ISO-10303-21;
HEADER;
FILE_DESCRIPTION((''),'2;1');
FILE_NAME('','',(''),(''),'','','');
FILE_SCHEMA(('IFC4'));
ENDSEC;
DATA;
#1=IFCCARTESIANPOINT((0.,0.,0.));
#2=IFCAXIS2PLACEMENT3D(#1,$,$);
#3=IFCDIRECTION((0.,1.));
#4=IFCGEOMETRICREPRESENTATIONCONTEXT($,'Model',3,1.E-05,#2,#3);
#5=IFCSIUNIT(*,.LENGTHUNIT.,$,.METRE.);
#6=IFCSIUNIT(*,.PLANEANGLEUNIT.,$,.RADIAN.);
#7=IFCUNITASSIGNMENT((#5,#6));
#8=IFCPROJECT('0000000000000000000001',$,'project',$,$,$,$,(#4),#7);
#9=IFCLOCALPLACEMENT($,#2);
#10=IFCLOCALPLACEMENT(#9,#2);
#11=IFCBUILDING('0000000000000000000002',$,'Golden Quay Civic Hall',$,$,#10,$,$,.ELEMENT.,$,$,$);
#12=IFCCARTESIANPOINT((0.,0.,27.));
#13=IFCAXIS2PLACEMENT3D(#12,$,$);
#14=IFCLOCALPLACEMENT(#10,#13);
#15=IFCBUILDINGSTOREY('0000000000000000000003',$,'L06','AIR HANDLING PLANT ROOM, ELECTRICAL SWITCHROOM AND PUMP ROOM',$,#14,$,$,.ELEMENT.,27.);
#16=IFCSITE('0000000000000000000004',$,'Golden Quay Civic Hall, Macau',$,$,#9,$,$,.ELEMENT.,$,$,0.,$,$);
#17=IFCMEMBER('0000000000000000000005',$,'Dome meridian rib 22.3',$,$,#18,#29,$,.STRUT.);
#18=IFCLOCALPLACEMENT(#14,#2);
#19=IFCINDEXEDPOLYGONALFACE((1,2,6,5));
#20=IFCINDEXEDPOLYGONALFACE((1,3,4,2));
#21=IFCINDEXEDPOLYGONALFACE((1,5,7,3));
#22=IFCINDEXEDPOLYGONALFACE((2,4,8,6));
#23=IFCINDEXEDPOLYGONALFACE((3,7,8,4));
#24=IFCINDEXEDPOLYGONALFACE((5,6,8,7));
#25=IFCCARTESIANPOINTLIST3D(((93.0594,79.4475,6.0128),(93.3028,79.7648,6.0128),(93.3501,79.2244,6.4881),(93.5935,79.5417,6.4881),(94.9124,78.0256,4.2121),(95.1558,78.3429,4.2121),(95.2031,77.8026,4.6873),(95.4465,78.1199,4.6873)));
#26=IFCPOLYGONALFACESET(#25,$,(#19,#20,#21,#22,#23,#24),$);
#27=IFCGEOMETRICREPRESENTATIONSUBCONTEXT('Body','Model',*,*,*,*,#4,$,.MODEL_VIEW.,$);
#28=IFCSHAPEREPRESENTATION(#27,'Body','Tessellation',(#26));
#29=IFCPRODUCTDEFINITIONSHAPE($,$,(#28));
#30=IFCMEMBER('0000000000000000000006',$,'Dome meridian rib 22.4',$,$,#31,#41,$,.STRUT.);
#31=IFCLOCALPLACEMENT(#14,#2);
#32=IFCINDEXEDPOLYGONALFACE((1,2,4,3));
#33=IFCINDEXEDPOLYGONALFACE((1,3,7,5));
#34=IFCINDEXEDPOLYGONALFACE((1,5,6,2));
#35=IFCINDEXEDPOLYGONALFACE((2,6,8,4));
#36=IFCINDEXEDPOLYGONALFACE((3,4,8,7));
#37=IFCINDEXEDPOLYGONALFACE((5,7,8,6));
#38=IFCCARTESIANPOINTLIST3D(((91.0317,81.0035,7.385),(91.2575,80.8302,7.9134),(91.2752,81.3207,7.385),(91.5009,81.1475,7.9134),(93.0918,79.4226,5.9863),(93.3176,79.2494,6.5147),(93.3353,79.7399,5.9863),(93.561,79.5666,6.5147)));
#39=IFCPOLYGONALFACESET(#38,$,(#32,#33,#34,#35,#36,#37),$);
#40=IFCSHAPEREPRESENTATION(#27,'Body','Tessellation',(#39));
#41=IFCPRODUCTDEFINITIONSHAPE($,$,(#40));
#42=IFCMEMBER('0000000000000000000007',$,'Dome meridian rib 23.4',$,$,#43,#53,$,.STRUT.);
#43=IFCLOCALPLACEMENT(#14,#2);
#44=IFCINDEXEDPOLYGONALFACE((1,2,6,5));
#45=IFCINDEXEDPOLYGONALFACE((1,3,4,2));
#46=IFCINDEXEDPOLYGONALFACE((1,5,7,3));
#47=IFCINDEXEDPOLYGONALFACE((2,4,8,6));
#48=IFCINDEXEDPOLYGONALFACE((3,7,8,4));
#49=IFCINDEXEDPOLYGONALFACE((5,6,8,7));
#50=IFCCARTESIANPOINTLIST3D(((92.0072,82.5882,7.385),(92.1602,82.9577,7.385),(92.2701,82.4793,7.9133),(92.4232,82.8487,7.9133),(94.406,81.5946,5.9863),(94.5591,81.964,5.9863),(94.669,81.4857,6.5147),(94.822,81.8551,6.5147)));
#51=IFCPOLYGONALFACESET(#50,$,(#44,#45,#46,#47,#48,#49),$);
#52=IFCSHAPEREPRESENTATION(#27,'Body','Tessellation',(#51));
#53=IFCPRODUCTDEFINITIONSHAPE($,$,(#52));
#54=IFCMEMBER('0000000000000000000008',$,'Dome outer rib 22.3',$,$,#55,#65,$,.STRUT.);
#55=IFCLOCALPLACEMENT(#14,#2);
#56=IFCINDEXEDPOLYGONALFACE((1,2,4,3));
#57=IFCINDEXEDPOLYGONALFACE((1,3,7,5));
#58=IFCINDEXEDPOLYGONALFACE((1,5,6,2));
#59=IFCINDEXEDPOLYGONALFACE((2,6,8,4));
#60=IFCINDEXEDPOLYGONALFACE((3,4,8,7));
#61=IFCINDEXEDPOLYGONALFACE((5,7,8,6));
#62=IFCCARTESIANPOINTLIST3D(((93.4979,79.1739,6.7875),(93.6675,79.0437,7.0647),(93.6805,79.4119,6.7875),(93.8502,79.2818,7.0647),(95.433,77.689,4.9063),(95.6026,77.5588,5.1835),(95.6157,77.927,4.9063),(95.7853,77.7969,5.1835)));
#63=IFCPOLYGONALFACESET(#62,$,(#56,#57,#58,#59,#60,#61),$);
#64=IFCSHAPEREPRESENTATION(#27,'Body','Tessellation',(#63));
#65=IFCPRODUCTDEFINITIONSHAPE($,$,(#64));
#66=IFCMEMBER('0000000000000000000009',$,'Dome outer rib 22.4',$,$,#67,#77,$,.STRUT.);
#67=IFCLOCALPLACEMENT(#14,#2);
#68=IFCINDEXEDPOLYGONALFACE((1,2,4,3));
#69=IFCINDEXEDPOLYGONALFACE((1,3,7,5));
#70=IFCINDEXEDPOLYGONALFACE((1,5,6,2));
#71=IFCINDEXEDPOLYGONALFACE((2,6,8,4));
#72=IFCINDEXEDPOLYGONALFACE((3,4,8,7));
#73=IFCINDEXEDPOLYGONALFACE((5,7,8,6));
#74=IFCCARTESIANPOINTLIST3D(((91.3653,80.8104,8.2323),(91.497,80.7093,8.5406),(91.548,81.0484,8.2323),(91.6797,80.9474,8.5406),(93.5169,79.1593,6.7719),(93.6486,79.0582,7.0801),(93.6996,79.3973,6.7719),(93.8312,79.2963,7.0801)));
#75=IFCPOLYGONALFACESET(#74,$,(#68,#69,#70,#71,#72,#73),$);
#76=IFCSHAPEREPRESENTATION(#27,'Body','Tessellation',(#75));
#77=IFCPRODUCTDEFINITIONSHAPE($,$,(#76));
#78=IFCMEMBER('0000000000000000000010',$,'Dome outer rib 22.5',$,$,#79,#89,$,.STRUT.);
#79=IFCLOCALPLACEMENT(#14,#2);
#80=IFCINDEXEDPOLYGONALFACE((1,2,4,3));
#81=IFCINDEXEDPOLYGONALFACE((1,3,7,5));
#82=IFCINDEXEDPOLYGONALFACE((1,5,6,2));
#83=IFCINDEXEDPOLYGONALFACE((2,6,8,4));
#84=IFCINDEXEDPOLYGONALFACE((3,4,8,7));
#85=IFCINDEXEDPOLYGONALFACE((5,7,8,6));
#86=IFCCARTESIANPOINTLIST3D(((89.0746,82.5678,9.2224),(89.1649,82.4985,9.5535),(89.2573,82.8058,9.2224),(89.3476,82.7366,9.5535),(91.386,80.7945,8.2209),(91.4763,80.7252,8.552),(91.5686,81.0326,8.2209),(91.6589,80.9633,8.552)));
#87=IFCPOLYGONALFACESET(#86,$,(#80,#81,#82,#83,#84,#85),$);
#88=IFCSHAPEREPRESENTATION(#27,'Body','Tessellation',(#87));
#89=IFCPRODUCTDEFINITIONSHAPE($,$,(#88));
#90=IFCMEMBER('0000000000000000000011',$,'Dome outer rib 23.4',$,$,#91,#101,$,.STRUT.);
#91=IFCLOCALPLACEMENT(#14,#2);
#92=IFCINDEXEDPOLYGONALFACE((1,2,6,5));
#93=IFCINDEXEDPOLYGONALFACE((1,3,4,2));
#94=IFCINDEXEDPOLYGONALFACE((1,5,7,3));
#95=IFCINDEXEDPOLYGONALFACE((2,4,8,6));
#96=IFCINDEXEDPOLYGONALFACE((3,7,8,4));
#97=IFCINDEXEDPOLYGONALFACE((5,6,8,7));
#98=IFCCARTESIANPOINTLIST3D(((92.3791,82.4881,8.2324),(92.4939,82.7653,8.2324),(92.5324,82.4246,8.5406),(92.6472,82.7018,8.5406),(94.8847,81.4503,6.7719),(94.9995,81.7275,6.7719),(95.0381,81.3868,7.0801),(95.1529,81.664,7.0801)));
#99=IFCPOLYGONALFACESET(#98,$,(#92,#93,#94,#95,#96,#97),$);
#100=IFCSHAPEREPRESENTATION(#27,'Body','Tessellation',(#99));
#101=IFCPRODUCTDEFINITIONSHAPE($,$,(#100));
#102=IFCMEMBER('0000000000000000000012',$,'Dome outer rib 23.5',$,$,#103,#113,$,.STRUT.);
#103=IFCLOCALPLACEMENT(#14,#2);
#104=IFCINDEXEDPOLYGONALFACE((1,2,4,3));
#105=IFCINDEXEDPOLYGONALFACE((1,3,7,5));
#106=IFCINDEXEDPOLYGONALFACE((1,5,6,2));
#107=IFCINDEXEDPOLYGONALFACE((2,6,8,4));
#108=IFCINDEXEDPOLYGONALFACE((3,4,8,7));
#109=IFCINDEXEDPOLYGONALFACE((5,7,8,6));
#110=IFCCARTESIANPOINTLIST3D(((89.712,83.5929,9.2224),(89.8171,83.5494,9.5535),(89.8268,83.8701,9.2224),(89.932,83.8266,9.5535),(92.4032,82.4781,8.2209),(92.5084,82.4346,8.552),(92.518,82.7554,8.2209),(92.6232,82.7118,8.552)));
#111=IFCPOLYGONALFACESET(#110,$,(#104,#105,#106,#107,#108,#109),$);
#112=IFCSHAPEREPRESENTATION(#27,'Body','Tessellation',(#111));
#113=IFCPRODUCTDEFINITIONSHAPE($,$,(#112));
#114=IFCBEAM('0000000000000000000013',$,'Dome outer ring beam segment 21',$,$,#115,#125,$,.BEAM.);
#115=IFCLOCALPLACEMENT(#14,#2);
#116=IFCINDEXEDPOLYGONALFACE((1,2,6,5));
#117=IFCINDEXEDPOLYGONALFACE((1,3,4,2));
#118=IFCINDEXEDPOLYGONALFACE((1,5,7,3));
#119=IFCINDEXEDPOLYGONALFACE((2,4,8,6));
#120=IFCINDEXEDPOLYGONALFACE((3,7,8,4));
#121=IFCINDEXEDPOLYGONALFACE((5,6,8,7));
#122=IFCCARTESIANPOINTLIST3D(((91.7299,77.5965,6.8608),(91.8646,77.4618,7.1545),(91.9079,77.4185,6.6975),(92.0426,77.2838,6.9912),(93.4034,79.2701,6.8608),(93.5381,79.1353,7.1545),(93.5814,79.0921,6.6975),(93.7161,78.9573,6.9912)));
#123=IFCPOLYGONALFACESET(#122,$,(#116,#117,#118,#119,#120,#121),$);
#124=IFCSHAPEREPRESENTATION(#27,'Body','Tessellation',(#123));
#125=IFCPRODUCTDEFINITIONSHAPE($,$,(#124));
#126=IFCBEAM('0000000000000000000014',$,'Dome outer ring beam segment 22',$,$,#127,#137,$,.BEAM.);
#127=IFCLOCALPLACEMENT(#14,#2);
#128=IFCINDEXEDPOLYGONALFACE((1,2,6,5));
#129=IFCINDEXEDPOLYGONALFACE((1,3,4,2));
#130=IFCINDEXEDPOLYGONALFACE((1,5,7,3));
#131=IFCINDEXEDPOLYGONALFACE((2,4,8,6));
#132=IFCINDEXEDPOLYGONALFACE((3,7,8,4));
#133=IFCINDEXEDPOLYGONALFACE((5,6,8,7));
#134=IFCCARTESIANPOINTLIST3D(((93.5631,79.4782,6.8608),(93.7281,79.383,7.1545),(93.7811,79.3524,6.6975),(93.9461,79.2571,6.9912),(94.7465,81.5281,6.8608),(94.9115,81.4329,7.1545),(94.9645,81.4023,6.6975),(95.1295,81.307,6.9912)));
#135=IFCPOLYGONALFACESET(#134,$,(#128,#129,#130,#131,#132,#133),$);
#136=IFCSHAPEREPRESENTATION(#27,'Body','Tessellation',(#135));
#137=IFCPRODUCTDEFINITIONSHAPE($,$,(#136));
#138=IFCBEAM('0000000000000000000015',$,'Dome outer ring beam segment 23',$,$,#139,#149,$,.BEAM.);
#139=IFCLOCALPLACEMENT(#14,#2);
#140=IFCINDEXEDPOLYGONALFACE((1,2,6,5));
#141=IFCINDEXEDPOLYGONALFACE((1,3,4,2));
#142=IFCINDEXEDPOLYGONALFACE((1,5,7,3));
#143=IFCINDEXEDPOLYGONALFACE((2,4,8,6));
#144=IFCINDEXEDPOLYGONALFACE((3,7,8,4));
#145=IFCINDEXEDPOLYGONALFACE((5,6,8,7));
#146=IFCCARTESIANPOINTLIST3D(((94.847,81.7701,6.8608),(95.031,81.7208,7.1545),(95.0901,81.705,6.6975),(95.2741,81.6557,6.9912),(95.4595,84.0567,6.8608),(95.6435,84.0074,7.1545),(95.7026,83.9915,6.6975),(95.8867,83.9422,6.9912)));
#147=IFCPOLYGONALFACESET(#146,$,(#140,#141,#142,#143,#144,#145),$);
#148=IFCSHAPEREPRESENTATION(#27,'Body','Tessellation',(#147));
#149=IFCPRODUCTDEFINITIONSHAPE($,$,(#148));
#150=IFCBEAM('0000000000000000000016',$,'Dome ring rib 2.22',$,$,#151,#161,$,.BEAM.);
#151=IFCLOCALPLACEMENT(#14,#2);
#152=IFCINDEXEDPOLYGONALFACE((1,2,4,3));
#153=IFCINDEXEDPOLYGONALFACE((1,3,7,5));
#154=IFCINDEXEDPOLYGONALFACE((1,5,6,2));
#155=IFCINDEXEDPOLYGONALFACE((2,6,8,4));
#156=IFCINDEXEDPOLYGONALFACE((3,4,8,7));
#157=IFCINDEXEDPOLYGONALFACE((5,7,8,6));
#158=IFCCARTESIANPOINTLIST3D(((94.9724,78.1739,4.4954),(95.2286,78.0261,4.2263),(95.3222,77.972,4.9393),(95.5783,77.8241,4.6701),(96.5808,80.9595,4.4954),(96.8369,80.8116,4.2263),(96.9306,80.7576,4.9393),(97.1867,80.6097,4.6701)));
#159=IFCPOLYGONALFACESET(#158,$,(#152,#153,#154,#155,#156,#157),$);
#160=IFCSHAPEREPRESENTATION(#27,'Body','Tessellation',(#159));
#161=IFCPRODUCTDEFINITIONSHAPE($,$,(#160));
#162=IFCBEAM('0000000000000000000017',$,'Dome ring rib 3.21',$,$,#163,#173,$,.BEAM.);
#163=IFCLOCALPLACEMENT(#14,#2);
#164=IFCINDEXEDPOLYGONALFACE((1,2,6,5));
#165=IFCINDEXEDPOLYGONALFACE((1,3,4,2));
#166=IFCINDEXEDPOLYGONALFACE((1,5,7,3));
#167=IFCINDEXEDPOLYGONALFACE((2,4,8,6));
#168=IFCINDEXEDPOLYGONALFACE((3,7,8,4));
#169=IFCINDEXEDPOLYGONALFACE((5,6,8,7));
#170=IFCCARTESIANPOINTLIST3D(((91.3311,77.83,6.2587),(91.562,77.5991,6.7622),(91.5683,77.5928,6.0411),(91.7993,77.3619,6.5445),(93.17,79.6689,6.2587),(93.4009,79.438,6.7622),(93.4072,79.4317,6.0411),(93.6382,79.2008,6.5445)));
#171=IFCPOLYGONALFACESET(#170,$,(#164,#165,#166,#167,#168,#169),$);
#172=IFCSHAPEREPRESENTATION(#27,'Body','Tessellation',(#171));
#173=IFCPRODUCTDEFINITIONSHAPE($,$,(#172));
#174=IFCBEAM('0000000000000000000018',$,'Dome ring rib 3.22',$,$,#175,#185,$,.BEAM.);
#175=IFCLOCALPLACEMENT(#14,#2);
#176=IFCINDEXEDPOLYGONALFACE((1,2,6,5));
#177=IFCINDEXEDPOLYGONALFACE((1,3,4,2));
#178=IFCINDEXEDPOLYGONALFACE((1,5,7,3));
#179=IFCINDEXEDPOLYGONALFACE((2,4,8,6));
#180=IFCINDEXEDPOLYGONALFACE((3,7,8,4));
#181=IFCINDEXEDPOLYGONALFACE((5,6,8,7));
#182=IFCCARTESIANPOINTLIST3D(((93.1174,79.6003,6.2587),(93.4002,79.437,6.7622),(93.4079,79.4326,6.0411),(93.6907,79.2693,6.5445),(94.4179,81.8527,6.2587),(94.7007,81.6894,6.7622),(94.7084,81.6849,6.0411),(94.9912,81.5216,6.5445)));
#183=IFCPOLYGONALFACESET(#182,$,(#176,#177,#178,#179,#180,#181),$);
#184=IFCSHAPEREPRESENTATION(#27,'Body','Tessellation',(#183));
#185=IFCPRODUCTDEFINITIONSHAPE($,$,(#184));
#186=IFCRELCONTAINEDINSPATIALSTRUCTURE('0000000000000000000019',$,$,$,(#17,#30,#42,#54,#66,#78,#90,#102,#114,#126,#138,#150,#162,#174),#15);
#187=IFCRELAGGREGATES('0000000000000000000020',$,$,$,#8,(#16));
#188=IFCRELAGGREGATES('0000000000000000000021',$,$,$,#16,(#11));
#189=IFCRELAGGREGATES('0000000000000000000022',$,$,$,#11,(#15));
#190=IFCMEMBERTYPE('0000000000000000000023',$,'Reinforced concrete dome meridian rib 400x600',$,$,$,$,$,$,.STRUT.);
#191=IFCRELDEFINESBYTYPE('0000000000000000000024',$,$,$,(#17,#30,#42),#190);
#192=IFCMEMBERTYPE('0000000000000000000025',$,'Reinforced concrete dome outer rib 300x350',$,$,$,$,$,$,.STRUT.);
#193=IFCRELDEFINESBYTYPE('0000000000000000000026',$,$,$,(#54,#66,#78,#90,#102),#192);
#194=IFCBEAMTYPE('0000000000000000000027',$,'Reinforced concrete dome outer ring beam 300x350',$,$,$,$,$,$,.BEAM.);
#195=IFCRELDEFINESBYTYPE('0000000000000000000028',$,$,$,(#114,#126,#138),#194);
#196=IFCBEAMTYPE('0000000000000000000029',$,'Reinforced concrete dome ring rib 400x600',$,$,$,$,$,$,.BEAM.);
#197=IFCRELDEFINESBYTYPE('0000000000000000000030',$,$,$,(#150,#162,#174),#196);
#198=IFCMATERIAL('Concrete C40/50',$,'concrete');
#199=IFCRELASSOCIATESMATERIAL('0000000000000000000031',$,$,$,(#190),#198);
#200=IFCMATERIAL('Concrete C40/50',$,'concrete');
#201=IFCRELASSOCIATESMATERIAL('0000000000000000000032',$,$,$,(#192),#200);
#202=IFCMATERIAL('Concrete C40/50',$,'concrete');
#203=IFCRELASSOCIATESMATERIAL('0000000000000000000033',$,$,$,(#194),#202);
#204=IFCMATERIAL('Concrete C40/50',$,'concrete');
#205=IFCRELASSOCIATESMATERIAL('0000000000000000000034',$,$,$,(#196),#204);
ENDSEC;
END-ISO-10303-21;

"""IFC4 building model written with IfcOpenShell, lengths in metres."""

from ifc_helpers import new_model, si_unit, direction, frame, origin, origin_2d, place, context, subcontext, project, spatial, rectangle, extrude, material, material_profile, profile_set, type_object, element, save


model = new_model("IFC4")

# Units and contexts
model_context = context("Model", 3, precision=1e-05, world=origin(), true_north=direction((0.0, 1.0)))
body_context = subcontext(model_context, "Body", "Model", "MODEL_VIEW")
ifc_project = project(units=[si_unit("LENGTHUNIT", "METRE"), si_unit("PLANEANGLEUNIT", "RADIAN")], contexts=[model_context])

# Site, building, storey
site_placement = place(None, origin())
site = spatial("IfcSite", under=ifc_project, at=site_placement, Name="Golden Quay Civic Hall, Macau", CompositionType="ELEMENT", RefElevation=0.0)
building_placement = place(site_placement, origin())
building = spatial("IfcBuilding", under=site, at=building_placement, Name="Golden Quay Civic Hall", CompositionType="ELEMENT")
storey_placement = place(building_placement, frame((0.0, 0.0, 27.0)))
storey = spatial("IfcBuildingStorey", under=building, at=storey_placement, Name="L06", Description="AIR HANDLING PLANT ROOM, ELECTRICAL SWITCHROOM AND PUMP ROOM", CompositionType="ELEMENT", Elevation=27.0)

# Members
ifc_material_1 = material(Name="Concrete C40/50", Category="concrete")
ifc_material_profile_1 = material_profile(ifc_material_1, rectangle(XDim=0.3999, YDim=0.6001, at=origin_2d()), Name="RC 400x600")
ifc_profile_set_1 = profile_set([ifc_material_profile_1], Name="Concrete C40/50")
member_type_1 = type_object("IfcMemberType", Name="Reinforced concrete dome meridian rib 400x600", PredefinedType="STRUT", material=ifc_profile_set_1)
member_1_placement = place(storey_placement, frame((95.1794, 78.0728, 4.4497), z_axis=(-0.628298, 0.482109, 0.610583), x_axis=(-0.608761, -0.793354, 0.0)))
element("IfcMember", 1, at=member_1_placement, inside=storey, type_object=member_type_1, Name="Dome meridian rib 22.3", PredefinedType="STRUT", context=body_context, shape_type="SweptSolid", body=[
    extrude(rectangle(XDim=0.3999, YDim=0.6001, at=origin_2d()), origin(), (0.0, 0.0, 1.0), 2.9492),
])
member_2_placement = place(storey_placement, frame((93.3264, 79.4946, 6.2505), z_axis=(-0.698461, 0.535972, 0.474222), x_axis=(-0.608779, -0.79334, 0.0)))
element("IfcMember", 2, at=member_2_placement, inside=storey, type_object=member_type_1, Name="Dome meridian rib 22.4", PredefinedType="STRUT", context=body_context, shape_type="SweptSolid", body=[
    extrude(rectangle(XDim=0.3999, YDim=0.6001, at=origin_2d()), origin(), (0.0, 0.0, 1.0), 2.9495),
])
member_3_placement = place(storey_placement, frame((94.614, 81.7249, 6.2505), z_axis=(-0.813382, 0.336909, 0.474238), x_axis=(-0.382678, -0.923882, 0.0)))
element("IfcMember", 3, at=member_3_placement, inside=storey, type_object=member_type_1, Name="Dome meridian rib 23.4", PredefinedType="STRUT", context=body_context, shape_type="SweptSolid", body=[
    extrude(rectangle(XDim=0.3999, YDim=0.6001, at=origin_2d()), origin(), (0.0, 0.0, 1.0), 2.9492),
])
ifc_material_2 = material(Name="Concrete C40/50", Category="concrete")
ifc_material_profile_2 = material_profile(ifc_material_2, rectangle(XDim=0.3, YDim=0.3501, at=origin_2d()), Name="RC 300x350")
ifc_profile_set_2 = profile_set([ifc_material_profile_2], Name="Concrete C40/50")
member_type_2 = type_object("IfcMemberType", Name="Reinforced concrete dome outer rib 300x350", PredefinedType="STRUT", material=ifc_profile_set_2)
for number, where, z_axis, x_axis, name in (
    (4, (95.6091, 77.7429, 5.0449), (-0.628219, 0.482062, 0.610702), (-0.608772, -0.793345, 0.0), "Dome outer rib 22.3"),
    (5, (93.6741, 79.2278, 6.926), (-0.698496, 0.536018, 0.474118), (-0.608792, -0.79333, 0.0), "Dome outer rib 22.4"),
):
    element("IfcMember", number, at=place(storey_placement, frame(where, z_axis=z_axis, x_axis=x_axis)), inside=storey, type_object=member_type_2, Name=name, PredefinedType="STRUT", context=body_context, shape_type="SweptSolid", body=[
        extrude(rectangle(XDim=0.3, YDim=0.3501, at=origin_2d()), origin(), (0.0, 0.0, 1.0), 3.0803),
    ])
member_4_placement = place(storey_placement, frame((91.5225, 80.8789, 8.3865), z_axis=(-0.750306, 0.575628, 0.325104), x_axis=(-0.608694, -0.793405, 0.0)))
element("IfcMember", 6, at=member_4_placement, inside=storey, type_object=member_type_2, Name="Dome outer rib 22.5", PredefinedType="STRUT", context=body_context, shape_type="SweptSolid", body=[
    extrude(rectangle(XDim=0.3, YDim=0.3501, at=origin_2d()), origin(), (0.0, 0.0, 1.0), 3.0806),
])
for number, where, z_axis, x_axis, name in (
    (7, (95.0188, 81.5571, 6.926), (-0.813437, 0.336931, 0.474128), (-0.382678, -0.923882, 0.0), "Dome outer rib 23.4"),
    (8, (92.5132, 82.595, 8.3865), (-0.873683, 0.361901, 0.325124), (-0.382692, -0.923876, 0.0), "Dome outer rib 23.5"),
):
    element("IfcMember", number, at=place(storey_placement, frame(where, z_axis=z_axis, x_axis=x_axis)), inside=storey, type_object=member_type_2, Name=name, PredefinedType="STRUT", context=body_context, shape_type="SweptSolid", body=[
        extrude(rectangle(XDim=0.3, YDim=0.3501, at=origin_2d()), origin(), (0.0, 0.0, 1.0), 3.0803),
    ])

# Beams
ifc_material_3 = material(Name="Concrete C40/50", Category="concrete")
ifc_material_profile_3 = material_profile(ifc_material_3, rectangle(XDim=0.3, YDim=0.3501, at=origin_2d()), Name="RC 300x350")
ifc_profile_set_3 = profile_set([ifc_material_profile_3], Name="Concrete C40/50")
beam_type_1 = type_object("IfcBeamType", Name="Reinforced concrete dome outer ring beam 300x350", PredefinedType="BEAM", material=ifc_profile_set_3)
beam_1_placement = place(storey_placement, frame((91.8862, 77.4402, 6.926), z_axis=(0.707107, 0.707107, 0.0), x_axis=(-0.593227, 0.593227, 0.544209)))
element("IfcBeam", 9, at=beam_1_placement, inside=storey, type_object=beam_type_1, Name="Dome outer ring beam segment 21", PredefinedType="BEAM", context=body_context, shape_type="SweptSolid", body=[
    extrude(rectangle(XDim=0.3, YDim=0.3501, at=origin_2d()), origin(), (0.0, 0.0, 1.0), 2.3667),
])
beam_2_placement = place(storey_placement, frame((93.7546, 79.3677, 6.926), z_axis=(0.499967, 0.866045, 0.0), x_axis=(-0.726568, 0.419447, 0.544209)))
element("IfcBeam", 10, at=beam_2_placement, inside=storey, type_object=beam_type_1, Name="Dome outer ring beam segment 22", PredefinedType="BEAM", context=body_context, shape_type="SweptSolid", body=[
    extrude(rectangle(XDim=0.3, YDim=0.3501, at=origin_2d()), origin(), (0.0, 0.0, 1.0), 2.3669),
])
beam_3_placement = place(storey_placement, frame((95.0605, 81.7129, 6.926), z_axis=(0.25876, 0.965942, 0.0), x_axis=(-0.810377, 0.217087, 0.544209)))
element("IfcBeam", 11, at=beam_3_placement, inside=storey, type_object=beam_type_1, Name="Dome outer ring beam segment 23", PredefinedType="BEAM", context=body_context, shape_type="SweptSolid", body=[
    extrude(rectangle(XDim=0.3, YDim=0.3501, at=origin_2d()), origin(), (0.0, 0.0, 1.0), 2.3672),
])
ifc_material_4 = material(Name="Concrete C40/50", Category="concrete")
ifc_material_profile_4 = material_profile(ifc_material_4, rectangle(XDim=0.3999, YDim=0.6001, at=origin_2d()), Name="RC 400x600")
ifc_profile_set_4 = profile_set([ifc_material_profile_4], Name="Concrete C40/50")
beam_type_2 = type_object("IfcBeamType", Name="Reinforced concrete dome ring rib 400x600", PredefinedType="BEAM", material=ifc_profile_set_4)
beam_4_placement = place(storey_placement, frame((95.2754, 77.999, 4.5828), z_axis=(0.500025, 0.866011, 0.0), x_axis=(-0.640497, 0.369816, 0.673053)))
element("IfcBeam", 12, at=beam_4_placement, inside=storey, type_object=beam_type_2, Name="Dome ring rib 2.22", PredefinedType="BEAM", context=body_context, shape_type="SweptSolid", body=[
    extrude(rectangle(XDim=0.3999, YDim=0.6001, at=origin_2d()), origin(), (0.0, 0.0, 1.0), 3.2166),
])
beam_5_placement = place(storey_placement, frame((91.5652, 77.5959, 6.4016), z_axis=(0.707107, 0.707107, 0.0), x_axis=(-0.593227, 0.593227, 0.544209)))
element("IfcBeam", 13, at=beam_5_placement, inside=storey, type_object=beam_type_2, Name="Dome ring rib 3.21", PredefinedType="BEAM", context=body_context, shape_type="SweptSolid", body=[
    extrude(rectangle(XDim=0.3999, YDim=0.6001, at=origin_2d()), origin(), (0.0, 0.0, 1.0), 2.6006),
])
beam_6_placement = place(storey_placement, frame((93.4041, 79.4348, 6.4016), z_axis=(0.500026, 0.866011, 0.0), x_axis=(-0.726539, 0.419497, 0.544209)))
element("IfcBeam", 14, at=beam_6_placement, inside=storey, type_object=beam_type_2, Name="Dome ring rib 3.22", PredefinedType="BEAM", context=body_context, shape_type="SweptSolid", body=[
    extrude(rectangle(XDim=0.3999, YDim=0.6001, at=origin_2d()), origin(), (0.0, 0.0, 1.0), 2.6008),
])

save(model, "model.ifc")
